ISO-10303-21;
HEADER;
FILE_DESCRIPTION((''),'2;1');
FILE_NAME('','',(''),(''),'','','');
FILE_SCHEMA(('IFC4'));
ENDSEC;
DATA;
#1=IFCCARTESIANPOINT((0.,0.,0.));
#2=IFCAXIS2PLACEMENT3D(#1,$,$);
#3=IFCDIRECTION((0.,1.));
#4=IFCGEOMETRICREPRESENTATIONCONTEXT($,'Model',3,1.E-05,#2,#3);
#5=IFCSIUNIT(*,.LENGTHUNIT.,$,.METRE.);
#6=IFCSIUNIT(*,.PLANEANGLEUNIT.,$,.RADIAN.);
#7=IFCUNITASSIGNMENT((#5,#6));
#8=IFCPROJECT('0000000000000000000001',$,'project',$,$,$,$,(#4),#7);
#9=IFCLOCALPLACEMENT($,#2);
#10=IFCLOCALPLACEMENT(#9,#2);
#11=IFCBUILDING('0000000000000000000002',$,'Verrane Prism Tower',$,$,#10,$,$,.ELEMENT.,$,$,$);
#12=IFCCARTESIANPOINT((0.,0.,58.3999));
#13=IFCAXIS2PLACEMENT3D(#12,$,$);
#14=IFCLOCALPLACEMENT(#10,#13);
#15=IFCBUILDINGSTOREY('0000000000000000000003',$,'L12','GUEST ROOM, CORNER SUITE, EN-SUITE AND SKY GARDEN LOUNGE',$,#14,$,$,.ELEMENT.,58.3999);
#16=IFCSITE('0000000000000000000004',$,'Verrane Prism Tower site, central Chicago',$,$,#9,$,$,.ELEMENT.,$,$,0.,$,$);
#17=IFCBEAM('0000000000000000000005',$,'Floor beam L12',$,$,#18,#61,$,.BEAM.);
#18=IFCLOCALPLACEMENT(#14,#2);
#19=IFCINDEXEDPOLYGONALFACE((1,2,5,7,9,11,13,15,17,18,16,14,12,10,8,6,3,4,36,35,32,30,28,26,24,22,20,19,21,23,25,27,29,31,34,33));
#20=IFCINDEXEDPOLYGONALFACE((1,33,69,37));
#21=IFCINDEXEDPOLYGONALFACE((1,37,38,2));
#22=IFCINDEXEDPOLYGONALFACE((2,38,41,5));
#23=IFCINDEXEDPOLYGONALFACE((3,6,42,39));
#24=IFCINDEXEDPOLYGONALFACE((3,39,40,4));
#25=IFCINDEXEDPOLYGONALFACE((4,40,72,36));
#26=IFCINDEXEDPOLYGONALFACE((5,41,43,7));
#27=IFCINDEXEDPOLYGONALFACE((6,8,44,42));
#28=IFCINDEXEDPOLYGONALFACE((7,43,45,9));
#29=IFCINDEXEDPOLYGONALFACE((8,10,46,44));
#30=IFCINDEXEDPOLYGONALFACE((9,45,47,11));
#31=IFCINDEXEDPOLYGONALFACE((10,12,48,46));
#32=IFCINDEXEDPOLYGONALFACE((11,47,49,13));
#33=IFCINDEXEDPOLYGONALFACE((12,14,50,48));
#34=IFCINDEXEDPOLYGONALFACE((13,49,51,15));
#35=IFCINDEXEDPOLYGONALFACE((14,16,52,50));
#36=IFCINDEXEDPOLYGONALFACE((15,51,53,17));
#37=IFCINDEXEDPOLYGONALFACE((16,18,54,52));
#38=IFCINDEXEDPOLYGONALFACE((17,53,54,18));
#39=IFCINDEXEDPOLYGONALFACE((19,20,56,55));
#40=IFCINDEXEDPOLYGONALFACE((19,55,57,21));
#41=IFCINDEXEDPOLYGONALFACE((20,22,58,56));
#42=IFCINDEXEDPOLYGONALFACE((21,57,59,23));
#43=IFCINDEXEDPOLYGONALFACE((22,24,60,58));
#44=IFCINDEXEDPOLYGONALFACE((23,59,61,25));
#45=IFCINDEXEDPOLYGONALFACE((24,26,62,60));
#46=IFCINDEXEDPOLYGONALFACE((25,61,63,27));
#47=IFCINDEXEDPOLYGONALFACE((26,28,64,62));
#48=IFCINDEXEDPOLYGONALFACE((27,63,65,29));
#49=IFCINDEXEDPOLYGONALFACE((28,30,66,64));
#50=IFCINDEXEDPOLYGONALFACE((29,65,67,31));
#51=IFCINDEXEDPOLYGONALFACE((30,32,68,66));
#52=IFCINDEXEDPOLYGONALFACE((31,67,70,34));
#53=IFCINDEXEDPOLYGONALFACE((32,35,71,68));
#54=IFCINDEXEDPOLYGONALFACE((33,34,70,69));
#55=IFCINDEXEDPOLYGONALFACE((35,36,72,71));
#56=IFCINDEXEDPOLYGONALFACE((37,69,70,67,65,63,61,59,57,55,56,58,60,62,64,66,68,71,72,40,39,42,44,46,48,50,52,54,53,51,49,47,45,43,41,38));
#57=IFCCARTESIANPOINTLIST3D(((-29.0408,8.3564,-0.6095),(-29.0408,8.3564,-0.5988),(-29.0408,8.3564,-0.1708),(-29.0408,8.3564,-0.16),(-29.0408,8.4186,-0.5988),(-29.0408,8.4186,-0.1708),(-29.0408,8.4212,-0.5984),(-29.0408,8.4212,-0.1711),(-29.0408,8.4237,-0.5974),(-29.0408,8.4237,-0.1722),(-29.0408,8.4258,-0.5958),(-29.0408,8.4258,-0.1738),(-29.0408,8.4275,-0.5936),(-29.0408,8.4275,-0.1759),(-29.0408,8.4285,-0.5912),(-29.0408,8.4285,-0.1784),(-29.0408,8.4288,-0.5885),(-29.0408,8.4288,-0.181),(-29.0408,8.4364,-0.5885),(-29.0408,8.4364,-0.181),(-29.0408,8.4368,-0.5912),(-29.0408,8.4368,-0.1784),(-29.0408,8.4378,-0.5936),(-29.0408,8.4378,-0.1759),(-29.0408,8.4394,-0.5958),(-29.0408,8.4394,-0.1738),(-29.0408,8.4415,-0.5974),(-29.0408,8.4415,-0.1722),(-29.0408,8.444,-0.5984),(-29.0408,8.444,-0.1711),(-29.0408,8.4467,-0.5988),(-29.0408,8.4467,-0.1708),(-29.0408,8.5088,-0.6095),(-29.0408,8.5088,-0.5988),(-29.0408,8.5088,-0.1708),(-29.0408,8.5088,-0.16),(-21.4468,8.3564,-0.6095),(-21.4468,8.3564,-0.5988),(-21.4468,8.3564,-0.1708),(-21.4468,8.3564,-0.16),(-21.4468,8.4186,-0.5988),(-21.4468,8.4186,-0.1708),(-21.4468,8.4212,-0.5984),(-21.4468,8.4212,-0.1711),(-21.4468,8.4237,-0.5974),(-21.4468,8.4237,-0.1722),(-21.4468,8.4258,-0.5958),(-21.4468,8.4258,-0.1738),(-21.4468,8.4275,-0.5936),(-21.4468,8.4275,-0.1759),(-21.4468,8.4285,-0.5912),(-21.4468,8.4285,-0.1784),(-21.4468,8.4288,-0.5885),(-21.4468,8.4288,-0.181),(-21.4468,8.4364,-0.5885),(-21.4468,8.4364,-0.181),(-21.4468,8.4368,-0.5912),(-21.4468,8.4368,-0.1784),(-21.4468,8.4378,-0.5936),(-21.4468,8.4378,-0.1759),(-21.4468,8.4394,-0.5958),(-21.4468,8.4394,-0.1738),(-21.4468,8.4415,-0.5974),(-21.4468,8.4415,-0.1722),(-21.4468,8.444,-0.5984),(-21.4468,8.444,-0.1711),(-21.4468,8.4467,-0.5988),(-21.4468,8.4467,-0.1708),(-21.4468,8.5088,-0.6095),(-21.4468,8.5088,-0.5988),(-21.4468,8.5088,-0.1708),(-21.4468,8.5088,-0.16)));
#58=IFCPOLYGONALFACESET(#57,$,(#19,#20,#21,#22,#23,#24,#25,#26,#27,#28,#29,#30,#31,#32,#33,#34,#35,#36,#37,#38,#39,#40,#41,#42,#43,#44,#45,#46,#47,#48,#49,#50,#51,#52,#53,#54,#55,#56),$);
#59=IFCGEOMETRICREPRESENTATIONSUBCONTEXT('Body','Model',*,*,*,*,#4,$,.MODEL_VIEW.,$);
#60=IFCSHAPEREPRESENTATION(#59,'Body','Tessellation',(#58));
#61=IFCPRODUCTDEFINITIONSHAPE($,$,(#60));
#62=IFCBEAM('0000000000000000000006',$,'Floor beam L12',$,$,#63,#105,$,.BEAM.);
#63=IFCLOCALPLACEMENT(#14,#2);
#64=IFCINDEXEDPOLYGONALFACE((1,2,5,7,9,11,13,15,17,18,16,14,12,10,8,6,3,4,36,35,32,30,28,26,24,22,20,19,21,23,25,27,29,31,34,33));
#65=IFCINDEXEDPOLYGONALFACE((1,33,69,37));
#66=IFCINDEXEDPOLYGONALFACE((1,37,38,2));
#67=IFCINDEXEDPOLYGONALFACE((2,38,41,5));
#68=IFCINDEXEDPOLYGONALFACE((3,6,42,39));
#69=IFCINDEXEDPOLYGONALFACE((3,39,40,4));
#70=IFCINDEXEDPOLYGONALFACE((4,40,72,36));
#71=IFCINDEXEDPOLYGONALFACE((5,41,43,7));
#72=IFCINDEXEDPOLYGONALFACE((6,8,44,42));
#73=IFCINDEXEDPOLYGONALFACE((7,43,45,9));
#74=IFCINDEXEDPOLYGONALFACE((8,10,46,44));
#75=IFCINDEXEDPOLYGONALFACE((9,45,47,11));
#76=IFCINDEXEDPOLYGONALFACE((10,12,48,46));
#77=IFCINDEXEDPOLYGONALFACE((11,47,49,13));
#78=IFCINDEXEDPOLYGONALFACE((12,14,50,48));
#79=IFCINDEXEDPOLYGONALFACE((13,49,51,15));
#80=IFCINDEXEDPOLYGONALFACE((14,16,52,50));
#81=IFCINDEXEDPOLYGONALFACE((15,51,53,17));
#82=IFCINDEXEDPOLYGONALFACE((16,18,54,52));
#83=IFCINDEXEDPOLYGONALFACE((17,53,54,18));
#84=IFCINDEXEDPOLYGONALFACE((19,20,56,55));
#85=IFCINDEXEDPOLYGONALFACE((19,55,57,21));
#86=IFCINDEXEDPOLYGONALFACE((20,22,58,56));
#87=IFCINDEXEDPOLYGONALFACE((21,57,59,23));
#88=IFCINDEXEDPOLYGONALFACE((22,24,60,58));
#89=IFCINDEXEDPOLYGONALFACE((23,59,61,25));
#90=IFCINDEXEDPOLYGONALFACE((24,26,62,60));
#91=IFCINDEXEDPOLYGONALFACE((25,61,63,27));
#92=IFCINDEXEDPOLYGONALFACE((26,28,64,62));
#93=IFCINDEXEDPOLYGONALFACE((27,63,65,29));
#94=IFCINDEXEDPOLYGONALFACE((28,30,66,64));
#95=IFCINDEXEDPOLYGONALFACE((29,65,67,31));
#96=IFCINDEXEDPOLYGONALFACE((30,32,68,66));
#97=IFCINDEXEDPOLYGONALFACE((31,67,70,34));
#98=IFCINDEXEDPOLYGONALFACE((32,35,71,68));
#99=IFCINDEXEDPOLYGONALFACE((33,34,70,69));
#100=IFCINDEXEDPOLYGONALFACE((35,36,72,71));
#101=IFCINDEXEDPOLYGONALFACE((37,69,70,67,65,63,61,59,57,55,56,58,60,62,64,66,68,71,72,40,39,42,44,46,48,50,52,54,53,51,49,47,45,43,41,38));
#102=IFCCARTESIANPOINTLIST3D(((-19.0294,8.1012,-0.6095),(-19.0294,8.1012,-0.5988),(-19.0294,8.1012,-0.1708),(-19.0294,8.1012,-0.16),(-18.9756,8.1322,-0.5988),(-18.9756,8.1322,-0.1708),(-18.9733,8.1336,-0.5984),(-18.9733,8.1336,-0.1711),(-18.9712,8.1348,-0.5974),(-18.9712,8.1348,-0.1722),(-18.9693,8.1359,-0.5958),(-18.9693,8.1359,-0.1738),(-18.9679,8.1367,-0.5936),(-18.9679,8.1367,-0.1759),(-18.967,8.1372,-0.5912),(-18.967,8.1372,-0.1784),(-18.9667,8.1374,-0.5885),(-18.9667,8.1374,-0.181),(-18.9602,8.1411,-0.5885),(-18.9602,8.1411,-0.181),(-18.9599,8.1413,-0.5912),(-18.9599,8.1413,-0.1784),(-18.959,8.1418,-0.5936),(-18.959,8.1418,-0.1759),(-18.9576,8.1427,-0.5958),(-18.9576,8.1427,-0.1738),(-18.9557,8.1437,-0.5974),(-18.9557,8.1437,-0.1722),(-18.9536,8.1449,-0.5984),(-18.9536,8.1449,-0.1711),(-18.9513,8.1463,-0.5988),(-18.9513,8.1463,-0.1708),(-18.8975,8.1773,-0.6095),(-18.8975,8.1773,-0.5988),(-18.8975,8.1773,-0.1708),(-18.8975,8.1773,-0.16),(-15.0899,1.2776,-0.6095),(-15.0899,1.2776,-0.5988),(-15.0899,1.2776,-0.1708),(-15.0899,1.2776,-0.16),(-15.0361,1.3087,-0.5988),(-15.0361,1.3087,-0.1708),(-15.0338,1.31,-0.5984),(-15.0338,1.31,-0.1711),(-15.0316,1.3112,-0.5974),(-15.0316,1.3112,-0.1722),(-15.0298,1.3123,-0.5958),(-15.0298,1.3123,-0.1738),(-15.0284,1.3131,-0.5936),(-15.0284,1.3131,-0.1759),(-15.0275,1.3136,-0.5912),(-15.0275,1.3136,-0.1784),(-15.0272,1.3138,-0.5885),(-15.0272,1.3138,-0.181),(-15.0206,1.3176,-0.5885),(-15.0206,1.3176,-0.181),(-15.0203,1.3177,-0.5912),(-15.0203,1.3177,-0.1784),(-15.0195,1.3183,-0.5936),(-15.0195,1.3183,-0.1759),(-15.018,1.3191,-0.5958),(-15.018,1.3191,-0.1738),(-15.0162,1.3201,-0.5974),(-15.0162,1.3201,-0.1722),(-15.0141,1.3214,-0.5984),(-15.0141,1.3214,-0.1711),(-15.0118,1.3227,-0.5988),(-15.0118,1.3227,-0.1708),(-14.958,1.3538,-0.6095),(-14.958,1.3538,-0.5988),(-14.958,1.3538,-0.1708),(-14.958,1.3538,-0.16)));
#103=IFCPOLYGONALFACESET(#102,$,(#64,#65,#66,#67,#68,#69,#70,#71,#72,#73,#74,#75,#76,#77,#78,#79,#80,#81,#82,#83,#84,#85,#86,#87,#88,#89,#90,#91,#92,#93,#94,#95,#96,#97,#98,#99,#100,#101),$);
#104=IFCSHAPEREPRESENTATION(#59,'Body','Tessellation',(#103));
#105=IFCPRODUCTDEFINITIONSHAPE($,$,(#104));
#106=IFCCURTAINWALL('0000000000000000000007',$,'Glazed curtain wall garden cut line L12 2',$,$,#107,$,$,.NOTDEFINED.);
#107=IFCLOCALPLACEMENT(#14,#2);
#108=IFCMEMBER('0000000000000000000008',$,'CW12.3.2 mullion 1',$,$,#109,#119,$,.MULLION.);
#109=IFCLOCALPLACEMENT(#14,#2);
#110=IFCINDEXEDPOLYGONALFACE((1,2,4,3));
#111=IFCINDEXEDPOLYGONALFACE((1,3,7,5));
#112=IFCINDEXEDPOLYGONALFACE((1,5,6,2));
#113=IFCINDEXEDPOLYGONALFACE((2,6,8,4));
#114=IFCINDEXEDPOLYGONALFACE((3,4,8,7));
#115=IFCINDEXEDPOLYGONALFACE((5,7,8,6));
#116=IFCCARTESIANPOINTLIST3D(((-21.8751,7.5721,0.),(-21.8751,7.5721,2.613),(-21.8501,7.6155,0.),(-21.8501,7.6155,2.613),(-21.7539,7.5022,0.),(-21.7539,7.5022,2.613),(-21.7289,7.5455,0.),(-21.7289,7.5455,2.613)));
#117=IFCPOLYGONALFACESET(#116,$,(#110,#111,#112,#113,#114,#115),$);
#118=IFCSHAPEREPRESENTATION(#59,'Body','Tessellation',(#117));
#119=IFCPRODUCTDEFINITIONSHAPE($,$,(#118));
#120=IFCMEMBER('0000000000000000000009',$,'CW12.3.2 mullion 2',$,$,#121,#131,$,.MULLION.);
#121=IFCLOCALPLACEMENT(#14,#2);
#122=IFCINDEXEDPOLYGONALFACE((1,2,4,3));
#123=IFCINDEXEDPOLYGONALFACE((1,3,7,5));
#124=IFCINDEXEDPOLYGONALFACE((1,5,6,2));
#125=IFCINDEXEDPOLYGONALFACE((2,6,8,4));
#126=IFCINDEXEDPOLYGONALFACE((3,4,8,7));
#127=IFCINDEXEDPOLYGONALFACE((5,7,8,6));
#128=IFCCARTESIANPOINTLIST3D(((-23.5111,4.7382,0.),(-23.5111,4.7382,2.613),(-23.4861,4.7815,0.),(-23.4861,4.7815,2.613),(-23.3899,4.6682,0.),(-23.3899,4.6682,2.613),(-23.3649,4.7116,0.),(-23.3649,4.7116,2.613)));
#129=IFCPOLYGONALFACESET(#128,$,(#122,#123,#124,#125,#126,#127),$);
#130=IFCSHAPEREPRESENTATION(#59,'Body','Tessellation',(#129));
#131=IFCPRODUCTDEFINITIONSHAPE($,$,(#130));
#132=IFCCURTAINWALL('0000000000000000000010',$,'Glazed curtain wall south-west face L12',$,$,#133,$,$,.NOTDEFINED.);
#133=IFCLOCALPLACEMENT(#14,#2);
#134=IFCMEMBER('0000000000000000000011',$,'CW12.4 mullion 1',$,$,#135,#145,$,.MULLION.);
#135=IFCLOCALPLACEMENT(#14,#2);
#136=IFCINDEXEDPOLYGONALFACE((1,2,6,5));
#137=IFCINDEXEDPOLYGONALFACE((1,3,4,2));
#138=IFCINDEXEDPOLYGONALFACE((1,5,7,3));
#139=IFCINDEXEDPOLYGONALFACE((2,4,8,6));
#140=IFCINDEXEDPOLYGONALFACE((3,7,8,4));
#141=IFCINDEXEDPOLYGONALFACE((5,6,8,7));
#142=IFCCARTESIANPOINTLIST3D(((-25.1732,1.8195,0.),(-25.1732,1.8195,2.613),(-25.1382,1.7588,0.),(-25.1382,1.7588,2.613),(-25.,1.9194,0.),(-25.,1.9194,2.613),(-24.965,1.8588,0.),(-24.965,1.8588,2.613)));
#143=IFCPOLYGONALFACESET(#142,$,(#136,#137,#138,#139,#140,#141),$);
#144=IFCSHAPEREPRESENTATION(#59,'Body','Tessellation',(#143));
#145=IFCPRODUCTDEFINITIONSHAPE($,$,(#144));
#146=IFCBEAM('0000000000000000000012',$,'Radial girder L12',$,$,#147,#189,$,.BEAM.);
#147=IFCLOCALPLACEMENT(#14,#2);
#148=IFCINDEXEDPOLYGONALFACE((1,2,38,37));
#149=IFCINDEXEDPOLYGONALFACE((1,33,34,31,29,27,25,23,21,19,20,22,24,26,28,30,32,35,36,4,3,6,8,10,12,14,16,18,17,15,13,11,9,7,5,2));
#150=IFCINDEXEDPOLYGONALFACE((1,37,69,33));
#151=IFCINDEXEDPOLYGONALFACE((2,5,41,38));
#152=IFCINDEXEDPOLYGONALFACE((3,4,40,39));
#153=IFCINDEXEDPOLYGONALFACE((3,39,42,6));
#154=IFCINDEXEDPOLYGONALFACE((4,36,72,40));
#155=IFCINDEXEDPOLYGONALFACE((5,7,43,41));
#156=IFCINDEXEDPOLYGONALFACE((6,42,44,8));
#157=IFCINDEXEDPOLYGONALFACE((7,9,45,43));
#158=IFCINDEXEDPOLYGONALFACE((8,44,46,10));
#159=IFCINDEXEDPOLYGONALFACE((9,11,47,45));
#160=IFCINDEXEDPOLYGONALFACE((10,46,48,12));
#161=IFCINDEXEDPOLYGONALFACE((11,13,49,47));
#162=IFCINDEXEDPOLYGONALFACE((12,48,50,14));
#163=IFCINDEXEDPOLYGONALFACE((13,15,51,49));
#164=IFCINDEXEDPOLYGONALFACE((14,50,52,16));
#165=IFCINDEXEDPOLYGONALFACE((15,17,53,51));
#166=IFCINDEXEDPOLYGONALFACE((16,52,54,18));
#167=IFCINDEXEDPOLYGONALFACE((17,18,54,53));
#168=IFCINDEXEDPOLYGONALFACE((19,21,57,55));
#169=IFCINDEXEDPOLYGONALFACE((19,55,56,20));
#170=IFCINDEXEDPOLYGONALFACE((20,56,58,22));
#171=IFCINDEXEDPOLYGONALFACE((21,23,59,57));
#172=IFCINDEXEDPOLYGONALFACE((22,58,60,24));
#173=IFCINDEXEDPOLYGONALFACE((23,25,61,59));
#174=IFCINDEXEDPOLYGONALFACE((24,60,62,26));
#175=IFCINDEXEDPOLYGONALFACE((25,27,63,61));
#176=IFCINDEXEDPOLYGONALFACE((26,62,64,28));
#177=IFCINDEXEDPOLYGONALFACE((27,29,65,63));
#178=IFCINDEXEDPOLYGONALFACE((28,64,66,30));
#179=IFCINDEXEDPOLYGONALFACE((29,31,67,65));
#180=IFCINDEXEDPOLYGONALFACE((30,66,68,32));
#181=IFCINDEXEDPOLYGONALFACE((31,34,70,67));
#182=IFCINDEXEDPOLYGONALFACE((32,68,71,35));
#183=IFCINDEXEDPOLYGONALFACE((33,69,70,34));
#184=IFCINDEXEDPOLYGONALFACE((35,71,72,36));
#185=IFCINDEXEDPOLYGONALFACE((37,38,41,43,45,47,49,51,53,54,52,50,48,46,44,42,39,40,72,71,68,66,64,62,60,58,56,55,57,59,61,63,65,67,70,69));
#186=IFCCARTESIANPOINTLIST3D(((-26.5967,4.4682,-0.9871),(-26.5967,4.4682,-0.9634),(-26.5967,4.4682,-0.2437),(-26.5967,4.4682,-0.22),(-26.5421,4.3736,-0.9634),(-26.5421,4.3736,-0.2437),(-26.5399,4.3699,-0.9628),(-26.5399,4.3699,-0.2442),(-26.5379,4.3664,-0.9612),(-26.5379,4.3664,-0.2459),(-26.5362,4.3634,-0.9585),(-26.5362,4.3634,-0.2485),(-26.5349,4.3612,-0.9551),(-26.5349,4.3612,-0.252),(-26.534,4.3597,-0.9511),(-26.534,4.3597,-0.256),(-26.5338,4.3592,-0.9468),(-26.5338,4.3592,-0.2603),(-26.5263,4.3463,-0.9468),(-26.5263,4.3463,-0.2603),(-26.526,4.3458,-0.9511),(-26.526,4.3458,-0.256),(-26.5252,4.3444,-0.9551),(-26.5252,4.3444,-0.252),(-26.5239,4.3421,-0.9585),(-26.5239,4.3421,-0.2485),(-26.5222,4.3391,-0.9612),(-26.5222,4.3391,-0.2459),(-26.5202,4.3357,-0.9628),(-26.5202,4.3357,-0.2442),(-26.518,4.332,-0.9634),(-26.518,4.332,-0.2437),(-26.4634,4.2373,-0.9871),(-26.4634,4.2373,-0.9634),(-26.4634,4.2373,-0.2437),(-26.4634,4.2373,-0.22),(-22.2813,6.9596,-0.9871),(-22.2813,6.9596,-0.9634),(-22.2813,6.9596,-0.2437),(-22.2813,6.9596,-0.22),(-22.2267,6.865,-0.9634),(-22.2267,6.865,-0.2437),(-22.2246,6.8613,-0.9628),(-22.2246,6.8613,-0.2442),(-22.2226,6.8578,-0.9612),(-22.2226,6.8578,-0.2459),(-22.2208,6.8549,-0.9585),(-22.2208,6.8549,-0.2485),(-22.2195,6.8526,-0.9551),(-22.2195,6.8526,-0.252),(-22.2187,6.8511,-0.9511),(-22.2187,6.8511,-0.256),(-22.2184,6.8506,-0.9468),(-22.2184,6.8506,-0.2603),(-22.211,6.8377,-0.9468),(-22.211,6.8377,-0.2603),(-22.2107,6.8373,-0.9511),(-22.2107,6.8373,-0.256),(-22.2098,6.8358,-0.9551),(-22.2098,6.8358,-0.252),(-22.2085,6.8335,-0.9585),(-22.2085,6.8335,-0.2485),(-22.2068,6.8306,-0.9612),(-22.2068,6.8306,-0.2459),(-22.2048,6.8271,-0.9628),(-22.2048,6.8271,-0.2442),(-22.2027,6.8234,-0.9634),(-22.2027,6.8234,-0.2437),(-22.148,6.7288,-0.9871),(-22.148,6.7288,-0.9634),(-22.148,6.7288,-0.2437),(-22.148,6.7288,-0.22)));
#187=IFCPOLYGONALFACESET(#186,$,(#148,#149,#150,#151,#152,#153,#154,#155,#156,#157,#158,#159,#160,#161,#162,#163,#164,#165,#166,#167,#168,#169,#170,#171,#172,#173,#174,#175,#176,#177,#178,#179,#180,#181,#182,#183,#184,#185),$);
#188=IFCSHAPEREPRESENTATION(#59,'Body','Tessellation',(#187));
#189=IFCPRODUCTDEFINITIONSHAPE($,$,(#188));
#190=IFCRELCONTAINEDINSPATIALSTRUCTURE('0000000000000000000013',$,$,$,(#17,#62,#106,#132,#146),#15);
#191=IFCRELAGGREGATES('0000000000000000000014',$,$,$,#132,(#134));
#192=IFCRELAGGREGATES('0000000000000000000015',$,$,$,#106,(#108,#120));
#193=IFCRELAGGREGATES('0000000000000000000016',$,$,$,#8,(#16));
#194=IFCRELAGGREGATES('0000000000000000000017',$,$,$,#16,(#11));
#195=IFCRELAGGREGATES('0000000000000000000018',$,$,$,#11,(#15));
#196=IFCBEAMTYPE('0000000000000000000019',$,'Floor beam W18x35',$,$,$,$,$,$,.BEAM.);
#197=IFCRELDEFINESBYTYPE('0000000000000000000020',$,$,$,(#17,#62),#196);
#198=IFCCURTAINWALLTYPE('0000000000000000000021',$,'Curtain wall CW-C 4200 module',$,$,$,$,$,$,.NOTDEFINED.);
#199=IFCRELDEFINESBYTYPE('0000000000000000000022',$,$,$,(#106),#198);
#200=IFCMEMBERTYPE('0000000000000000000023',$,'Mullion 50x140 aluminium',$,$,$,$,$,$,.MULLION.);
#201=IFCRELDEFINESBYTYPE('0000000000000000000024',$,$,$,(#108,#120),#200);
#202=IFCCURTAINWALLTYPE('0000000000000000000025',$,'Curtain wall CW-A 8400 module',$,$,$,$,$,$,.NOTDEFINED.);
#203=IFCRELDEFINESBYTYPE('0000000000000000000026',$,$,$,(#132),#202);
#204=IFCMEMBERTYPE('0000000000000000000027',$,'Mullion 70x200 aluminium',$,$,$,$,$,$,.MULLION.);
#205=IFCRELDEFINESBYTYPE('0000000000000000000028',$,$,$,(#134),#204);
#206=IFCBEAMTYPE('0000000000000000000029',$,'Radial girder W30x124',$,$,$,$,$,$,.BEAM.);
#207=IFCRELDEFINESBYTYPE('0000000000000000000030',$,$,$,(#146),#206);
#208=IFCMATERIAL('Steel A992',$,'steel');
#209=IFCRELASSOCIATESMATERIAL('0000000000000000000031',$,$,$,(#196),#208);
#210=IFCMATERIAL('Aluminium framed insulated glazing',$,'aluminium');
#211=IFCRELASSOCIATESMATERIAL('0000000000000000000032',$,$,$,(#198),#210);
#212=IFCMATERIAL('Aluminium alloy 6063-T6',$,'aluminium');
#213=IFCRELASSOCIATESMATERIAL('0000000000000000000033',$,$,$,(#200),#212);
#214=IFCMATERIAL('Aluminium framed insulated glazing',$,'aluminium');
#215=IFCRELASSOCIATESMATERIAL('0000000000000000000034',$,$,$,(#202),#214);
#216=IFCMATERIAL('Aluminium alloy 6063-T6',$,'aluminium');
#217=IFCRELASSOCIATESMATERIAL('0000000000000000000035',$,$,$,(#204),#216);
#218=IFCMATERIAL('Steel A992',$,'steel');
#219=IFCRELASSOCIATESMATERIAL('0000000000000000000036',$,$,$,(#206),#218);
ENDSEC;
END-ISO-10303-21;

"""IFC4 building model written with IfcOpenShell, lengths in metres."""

from ifc_helpers import new_model, si_unit, direction, frame, origin, origin_2d, place, context, subcontext, project, spatial, rectangle, i_section, extrude, material, material_profile, profile_set, type_object, element, aggregate, save


model = new_model("IFC4")

# Units and contexts
model_context = context("Model", 3, precision=1e-05, world=origin(), true_north=direction((0.0, 1.0)))
body_context = subcontext(model_context, "Body", "Model", "MODEL_VIEW")
ifc_project = project(units=[si_unit("LENGTHUNIT", "METRE"), si_unit("PLANEANGLEUNIT", "RADIAN")], contexts=[model_context])

# Site, building, storey
site_placement = place(None, origin())
site = spatial("IfcSite", under=ifc_project, at=site_placement, Name="Verrane Prism Tower site, central Chicago", CompositionType="ELEMENT", RefElevation=0.0)
building_placement = place(site_placement, origin())
building = spatial("IfcBuilding", under=site, at=building_placement, Name="Verrane Prism Tower", CompositionType="ELEMENT")
storey_placement = place(building_placement, frame((0.0, 0.0, 58.3999)))
storey = spatial("IfcBuildingStorey", under=building, at=storey_placement, Name="L12", Description="GUEST ROOM, CORNER SUITE, EN-SUITE AND SKY GARDEN LOUNGE", CompositionType="ELEMENT", Elevation=58.3999)

# Beams
ifc_material_1 = material(Name="Steel A992", Category="steel")
ifc_material_profile_1 = material_profile(ifc_material_1, i_section(OverallWidth=0.1523, OverallDepth=0.4495, WebThickness=0.0076, FlangeThickness=0.0107, FilletRadius=0.0103, at=origin_2d()), Name="W18x35")
ifc_profile_set_1 = profile_set([ifc_material_profile_1], Name="Steel A992")
beam_type_1 = type_object("IfcBeamType", Name="Floor beam W18x35", PredefinedType="BEAM", material=ifc_profile_set_1)
beam_1_placement = place(storey_placement, frame((-29.0408, 8.4326, -0.3848), z_axis=(1.0, 0.0, 0.0), x_axis=(0.0, 1.0, 0.0)))
element("IfcBeam", 1, at=beam_1_placement, inside=storey, type_object=beam_type_1, Name="Floor beam L12", PredefinedType="BEAM", context=body_context, shape_type="SweptSolid", body=[
    extrude(i_section(OverallWidth=0.1523, OverallDepth=0.4495, WebThickness=0.0076, FlangeThickness=0.0107, FilletRadius=0.0103, at=origin_2d()), origin(), (0.0, 0.0, 1.0), 7.594),
])
beam_2_placement = place(storey_placement, frame((-15.0239, 1.3157, -0.3848), z_axis=(-0.499992, 0.86603, 0.0), x_axis=(-0.86603, -0.499992, 0.0)))
element("IfcBeam", 2, at=beam_2_placement, inside=storey, type_object=beam_type_1, Name="Floor beam L12", PredefinedType="BEAM", context=body_context, shape_type="SweptSolid", body=[
    extrude(i_section(OverallWidth=0.1523, OverallDepth=0.4495, WebThickness=0.0076, FlangeThickness=0.0107, FilletRadius=0.0103, at=origin_2d()), origin(), (0.0, 0.0, 1.0), 7.8792),
])

# Curtain wall, members
ifc_material_2 = material(Name="Aluminium framed insulated glazing", Category="aluminium")
curtain_wall_type_1 = type_object("IfcCurtainWallType", Name="Curtain wall CW-C 4200 module", PredefinedType="NOTDEFINED", material=ifc_material_2)
curtain_wall_1_placement = place(storey_placement, origin())
curtain_wall_1 = element("IfcCurtainWall", 3, at=curtain_wall_1_placement, inside=storey, type_object=curtain_wall_type_1, Name="Glazed curtain wall garden cut line L12 2", PredefinedType="NOTDEFINED")
ifc_material_3 = material(Name="Aluminium alloy 6063-T6", Category="aluminium")
ifc_material_profile_2 = material_profile(ifc_material_3, rectangle(XDim=0.1399, YDim=0.05, at=origin_2d()), Name="Mullion 50x140 aluminium")
ifc_profile_set_2 = profile_set([ifc_material_profile_2], Name="Aluminium alloy 6063-T6")
member_type_1 = type_object("IfcMemberType", Name="Mullion 50x140 aluminium", PredefinedType="MULLION", material=ifc_profile_set_2)
member_1_placement = place(storey_placement, frame((-21.802, 7.5588, 0.0), z_axis=(0.0, 0.0, 1.0), x_axis=(0.866025, -0.500001, 0.0)))
member_1 = element("IfcMember", 4, at=member_1_placement, type_object=member_type_1, Name="CW12.3.2 mullion 1", PredefinedType="MULLION", context=body_context, shape_type="SweptSolid", body=[
    extrude(rectangle(XDim=0.1399, YDim=0.05, at=origin_2d()), origin(), (0.0, 0.0, 1.0), 2.613),
])
member_2_placement = place(storey_placement, frame((-23.438, 4.7249, 0.0), z_axis=(0.0, 0.0, 1.0), x_axis=(0.866025, -0.500001, 0.0)))
member_2 = element("IfcMember", 5, at=member_2_placement, type_object=member_type_1, Name="CW12.3.2 mullion 2", PredefinedType="MULLION", context=body_context, shape_type="SweptSolid", body=[
    extrude(rectangle(XDim=0.1399, YDim=0.05, at=origin_2d()), origin(), (0.0, 0.0, 1.0), 2.613),
])

# Curtain wall, member
ifc_material_4 = material(Name="Aluminium framed insulated glazing", Category="aluminium")
curtain_wall_type_2 = type_object("IfcCurtainWallType", Name="Curtain wall CW-A 8400 module", PredefinedType="NOTDEFINED", material=ifc_material_4)
curtain_wall_2_placement = place(storey_placement, origin())
curtain_wall_2 = element("IfcCurtainWall", 6, at=curtain_wall_2_placement, inside=storey, type_object=curtain_wall_type_2, Name="Glazed curtain wall south-west face L12", PredefinedType="NOTDEFINED")
ifc_material_5 = material(Name="Aluminium alloy 6063-T6", Category="aluminium")
ifc_material_profile_3 = material_profile(ifc_material_5, rectangle(XDim=0.2, YDim=0.0701, at=origin_2d()), Name="Mullion 70x200 aluminium")
ifc_profile_set_3 = profile_set([ifc_material_profile_3], Name="Aluminium alloy 6063-T6")
member_type_2 = type_object("IfcMemberType", Name="Mullion 70x200 aluminium", PredefinedType="MULLION", material=ifc_profile_set_3)
member_3_placement = place(storey_placement, frame((-25.0691, 1.8391, 0.0), z_axis=(0.0, 0.0, 1.0), x_axis=(0.866026, 0.5, 0.0)))
member_3 = element("IfcMember", 7, at=member_3_placement, type_object=member_type_2, Name="CW12.4 mullion 1", PredefinedType="MULLION", context=body_context, shape_type="SweptSolid", body=[
    extrude(rectangle(XDim=0.2, YDim=0.0701, at=origin_2d()), origin(), (0.0, 0.0, 1.0), 2.613),
])

# Beam
ifc_material_6 = material(Name="Steel A992", Category="steel")
ifc_material_profile_4 = material_profile(ifc_material_6, i_section(OverallWidth=0.2666, OverallDepth=0.7671, WebThickness=0.0149, FlangeThickness=0.0237, FilletRadius=0.0166, at=origin_2d()), Name="W30x124")
ifc_profile_set_4 = profile_set([ifc_material_profile_4], Name="Steel A992")
beam_type_2 = type_object("IfcBeamType", Name="Radial girder W30x124", PredefinedType="BEAM", material=ifc_profile_set_4)
beam_3_placement = place(storey_placement, frame((-26.53, 4.3528, -0.6035), z_axis=(0.866031, 0.499991, 0.0), x_axis=(-0.499991, 0.866031, 0.0)))
element("IfcBeam", 8, at=beam_3_placement, inside=storey, type_object=beam_type_2, Name="Radial girder L12", PredefinedType="BEAM", context=body_context, shape_type="SweptSolid", body=[
    extrude(i_section(OverallWidth=0.2666, OverallDepth=0.7671, WebThickness=0.0149, FlangeThickness=0.0237, FilletRadius=0.0166, at=origin_2d()), origin(), (0.0, 0.0, 1.0), 4.9829),
])

aggregate(curtain_wall_2, [member_3])

aggregate(curtain_wall_1, [member_1, member_2])

save(model, "model.ifc")
